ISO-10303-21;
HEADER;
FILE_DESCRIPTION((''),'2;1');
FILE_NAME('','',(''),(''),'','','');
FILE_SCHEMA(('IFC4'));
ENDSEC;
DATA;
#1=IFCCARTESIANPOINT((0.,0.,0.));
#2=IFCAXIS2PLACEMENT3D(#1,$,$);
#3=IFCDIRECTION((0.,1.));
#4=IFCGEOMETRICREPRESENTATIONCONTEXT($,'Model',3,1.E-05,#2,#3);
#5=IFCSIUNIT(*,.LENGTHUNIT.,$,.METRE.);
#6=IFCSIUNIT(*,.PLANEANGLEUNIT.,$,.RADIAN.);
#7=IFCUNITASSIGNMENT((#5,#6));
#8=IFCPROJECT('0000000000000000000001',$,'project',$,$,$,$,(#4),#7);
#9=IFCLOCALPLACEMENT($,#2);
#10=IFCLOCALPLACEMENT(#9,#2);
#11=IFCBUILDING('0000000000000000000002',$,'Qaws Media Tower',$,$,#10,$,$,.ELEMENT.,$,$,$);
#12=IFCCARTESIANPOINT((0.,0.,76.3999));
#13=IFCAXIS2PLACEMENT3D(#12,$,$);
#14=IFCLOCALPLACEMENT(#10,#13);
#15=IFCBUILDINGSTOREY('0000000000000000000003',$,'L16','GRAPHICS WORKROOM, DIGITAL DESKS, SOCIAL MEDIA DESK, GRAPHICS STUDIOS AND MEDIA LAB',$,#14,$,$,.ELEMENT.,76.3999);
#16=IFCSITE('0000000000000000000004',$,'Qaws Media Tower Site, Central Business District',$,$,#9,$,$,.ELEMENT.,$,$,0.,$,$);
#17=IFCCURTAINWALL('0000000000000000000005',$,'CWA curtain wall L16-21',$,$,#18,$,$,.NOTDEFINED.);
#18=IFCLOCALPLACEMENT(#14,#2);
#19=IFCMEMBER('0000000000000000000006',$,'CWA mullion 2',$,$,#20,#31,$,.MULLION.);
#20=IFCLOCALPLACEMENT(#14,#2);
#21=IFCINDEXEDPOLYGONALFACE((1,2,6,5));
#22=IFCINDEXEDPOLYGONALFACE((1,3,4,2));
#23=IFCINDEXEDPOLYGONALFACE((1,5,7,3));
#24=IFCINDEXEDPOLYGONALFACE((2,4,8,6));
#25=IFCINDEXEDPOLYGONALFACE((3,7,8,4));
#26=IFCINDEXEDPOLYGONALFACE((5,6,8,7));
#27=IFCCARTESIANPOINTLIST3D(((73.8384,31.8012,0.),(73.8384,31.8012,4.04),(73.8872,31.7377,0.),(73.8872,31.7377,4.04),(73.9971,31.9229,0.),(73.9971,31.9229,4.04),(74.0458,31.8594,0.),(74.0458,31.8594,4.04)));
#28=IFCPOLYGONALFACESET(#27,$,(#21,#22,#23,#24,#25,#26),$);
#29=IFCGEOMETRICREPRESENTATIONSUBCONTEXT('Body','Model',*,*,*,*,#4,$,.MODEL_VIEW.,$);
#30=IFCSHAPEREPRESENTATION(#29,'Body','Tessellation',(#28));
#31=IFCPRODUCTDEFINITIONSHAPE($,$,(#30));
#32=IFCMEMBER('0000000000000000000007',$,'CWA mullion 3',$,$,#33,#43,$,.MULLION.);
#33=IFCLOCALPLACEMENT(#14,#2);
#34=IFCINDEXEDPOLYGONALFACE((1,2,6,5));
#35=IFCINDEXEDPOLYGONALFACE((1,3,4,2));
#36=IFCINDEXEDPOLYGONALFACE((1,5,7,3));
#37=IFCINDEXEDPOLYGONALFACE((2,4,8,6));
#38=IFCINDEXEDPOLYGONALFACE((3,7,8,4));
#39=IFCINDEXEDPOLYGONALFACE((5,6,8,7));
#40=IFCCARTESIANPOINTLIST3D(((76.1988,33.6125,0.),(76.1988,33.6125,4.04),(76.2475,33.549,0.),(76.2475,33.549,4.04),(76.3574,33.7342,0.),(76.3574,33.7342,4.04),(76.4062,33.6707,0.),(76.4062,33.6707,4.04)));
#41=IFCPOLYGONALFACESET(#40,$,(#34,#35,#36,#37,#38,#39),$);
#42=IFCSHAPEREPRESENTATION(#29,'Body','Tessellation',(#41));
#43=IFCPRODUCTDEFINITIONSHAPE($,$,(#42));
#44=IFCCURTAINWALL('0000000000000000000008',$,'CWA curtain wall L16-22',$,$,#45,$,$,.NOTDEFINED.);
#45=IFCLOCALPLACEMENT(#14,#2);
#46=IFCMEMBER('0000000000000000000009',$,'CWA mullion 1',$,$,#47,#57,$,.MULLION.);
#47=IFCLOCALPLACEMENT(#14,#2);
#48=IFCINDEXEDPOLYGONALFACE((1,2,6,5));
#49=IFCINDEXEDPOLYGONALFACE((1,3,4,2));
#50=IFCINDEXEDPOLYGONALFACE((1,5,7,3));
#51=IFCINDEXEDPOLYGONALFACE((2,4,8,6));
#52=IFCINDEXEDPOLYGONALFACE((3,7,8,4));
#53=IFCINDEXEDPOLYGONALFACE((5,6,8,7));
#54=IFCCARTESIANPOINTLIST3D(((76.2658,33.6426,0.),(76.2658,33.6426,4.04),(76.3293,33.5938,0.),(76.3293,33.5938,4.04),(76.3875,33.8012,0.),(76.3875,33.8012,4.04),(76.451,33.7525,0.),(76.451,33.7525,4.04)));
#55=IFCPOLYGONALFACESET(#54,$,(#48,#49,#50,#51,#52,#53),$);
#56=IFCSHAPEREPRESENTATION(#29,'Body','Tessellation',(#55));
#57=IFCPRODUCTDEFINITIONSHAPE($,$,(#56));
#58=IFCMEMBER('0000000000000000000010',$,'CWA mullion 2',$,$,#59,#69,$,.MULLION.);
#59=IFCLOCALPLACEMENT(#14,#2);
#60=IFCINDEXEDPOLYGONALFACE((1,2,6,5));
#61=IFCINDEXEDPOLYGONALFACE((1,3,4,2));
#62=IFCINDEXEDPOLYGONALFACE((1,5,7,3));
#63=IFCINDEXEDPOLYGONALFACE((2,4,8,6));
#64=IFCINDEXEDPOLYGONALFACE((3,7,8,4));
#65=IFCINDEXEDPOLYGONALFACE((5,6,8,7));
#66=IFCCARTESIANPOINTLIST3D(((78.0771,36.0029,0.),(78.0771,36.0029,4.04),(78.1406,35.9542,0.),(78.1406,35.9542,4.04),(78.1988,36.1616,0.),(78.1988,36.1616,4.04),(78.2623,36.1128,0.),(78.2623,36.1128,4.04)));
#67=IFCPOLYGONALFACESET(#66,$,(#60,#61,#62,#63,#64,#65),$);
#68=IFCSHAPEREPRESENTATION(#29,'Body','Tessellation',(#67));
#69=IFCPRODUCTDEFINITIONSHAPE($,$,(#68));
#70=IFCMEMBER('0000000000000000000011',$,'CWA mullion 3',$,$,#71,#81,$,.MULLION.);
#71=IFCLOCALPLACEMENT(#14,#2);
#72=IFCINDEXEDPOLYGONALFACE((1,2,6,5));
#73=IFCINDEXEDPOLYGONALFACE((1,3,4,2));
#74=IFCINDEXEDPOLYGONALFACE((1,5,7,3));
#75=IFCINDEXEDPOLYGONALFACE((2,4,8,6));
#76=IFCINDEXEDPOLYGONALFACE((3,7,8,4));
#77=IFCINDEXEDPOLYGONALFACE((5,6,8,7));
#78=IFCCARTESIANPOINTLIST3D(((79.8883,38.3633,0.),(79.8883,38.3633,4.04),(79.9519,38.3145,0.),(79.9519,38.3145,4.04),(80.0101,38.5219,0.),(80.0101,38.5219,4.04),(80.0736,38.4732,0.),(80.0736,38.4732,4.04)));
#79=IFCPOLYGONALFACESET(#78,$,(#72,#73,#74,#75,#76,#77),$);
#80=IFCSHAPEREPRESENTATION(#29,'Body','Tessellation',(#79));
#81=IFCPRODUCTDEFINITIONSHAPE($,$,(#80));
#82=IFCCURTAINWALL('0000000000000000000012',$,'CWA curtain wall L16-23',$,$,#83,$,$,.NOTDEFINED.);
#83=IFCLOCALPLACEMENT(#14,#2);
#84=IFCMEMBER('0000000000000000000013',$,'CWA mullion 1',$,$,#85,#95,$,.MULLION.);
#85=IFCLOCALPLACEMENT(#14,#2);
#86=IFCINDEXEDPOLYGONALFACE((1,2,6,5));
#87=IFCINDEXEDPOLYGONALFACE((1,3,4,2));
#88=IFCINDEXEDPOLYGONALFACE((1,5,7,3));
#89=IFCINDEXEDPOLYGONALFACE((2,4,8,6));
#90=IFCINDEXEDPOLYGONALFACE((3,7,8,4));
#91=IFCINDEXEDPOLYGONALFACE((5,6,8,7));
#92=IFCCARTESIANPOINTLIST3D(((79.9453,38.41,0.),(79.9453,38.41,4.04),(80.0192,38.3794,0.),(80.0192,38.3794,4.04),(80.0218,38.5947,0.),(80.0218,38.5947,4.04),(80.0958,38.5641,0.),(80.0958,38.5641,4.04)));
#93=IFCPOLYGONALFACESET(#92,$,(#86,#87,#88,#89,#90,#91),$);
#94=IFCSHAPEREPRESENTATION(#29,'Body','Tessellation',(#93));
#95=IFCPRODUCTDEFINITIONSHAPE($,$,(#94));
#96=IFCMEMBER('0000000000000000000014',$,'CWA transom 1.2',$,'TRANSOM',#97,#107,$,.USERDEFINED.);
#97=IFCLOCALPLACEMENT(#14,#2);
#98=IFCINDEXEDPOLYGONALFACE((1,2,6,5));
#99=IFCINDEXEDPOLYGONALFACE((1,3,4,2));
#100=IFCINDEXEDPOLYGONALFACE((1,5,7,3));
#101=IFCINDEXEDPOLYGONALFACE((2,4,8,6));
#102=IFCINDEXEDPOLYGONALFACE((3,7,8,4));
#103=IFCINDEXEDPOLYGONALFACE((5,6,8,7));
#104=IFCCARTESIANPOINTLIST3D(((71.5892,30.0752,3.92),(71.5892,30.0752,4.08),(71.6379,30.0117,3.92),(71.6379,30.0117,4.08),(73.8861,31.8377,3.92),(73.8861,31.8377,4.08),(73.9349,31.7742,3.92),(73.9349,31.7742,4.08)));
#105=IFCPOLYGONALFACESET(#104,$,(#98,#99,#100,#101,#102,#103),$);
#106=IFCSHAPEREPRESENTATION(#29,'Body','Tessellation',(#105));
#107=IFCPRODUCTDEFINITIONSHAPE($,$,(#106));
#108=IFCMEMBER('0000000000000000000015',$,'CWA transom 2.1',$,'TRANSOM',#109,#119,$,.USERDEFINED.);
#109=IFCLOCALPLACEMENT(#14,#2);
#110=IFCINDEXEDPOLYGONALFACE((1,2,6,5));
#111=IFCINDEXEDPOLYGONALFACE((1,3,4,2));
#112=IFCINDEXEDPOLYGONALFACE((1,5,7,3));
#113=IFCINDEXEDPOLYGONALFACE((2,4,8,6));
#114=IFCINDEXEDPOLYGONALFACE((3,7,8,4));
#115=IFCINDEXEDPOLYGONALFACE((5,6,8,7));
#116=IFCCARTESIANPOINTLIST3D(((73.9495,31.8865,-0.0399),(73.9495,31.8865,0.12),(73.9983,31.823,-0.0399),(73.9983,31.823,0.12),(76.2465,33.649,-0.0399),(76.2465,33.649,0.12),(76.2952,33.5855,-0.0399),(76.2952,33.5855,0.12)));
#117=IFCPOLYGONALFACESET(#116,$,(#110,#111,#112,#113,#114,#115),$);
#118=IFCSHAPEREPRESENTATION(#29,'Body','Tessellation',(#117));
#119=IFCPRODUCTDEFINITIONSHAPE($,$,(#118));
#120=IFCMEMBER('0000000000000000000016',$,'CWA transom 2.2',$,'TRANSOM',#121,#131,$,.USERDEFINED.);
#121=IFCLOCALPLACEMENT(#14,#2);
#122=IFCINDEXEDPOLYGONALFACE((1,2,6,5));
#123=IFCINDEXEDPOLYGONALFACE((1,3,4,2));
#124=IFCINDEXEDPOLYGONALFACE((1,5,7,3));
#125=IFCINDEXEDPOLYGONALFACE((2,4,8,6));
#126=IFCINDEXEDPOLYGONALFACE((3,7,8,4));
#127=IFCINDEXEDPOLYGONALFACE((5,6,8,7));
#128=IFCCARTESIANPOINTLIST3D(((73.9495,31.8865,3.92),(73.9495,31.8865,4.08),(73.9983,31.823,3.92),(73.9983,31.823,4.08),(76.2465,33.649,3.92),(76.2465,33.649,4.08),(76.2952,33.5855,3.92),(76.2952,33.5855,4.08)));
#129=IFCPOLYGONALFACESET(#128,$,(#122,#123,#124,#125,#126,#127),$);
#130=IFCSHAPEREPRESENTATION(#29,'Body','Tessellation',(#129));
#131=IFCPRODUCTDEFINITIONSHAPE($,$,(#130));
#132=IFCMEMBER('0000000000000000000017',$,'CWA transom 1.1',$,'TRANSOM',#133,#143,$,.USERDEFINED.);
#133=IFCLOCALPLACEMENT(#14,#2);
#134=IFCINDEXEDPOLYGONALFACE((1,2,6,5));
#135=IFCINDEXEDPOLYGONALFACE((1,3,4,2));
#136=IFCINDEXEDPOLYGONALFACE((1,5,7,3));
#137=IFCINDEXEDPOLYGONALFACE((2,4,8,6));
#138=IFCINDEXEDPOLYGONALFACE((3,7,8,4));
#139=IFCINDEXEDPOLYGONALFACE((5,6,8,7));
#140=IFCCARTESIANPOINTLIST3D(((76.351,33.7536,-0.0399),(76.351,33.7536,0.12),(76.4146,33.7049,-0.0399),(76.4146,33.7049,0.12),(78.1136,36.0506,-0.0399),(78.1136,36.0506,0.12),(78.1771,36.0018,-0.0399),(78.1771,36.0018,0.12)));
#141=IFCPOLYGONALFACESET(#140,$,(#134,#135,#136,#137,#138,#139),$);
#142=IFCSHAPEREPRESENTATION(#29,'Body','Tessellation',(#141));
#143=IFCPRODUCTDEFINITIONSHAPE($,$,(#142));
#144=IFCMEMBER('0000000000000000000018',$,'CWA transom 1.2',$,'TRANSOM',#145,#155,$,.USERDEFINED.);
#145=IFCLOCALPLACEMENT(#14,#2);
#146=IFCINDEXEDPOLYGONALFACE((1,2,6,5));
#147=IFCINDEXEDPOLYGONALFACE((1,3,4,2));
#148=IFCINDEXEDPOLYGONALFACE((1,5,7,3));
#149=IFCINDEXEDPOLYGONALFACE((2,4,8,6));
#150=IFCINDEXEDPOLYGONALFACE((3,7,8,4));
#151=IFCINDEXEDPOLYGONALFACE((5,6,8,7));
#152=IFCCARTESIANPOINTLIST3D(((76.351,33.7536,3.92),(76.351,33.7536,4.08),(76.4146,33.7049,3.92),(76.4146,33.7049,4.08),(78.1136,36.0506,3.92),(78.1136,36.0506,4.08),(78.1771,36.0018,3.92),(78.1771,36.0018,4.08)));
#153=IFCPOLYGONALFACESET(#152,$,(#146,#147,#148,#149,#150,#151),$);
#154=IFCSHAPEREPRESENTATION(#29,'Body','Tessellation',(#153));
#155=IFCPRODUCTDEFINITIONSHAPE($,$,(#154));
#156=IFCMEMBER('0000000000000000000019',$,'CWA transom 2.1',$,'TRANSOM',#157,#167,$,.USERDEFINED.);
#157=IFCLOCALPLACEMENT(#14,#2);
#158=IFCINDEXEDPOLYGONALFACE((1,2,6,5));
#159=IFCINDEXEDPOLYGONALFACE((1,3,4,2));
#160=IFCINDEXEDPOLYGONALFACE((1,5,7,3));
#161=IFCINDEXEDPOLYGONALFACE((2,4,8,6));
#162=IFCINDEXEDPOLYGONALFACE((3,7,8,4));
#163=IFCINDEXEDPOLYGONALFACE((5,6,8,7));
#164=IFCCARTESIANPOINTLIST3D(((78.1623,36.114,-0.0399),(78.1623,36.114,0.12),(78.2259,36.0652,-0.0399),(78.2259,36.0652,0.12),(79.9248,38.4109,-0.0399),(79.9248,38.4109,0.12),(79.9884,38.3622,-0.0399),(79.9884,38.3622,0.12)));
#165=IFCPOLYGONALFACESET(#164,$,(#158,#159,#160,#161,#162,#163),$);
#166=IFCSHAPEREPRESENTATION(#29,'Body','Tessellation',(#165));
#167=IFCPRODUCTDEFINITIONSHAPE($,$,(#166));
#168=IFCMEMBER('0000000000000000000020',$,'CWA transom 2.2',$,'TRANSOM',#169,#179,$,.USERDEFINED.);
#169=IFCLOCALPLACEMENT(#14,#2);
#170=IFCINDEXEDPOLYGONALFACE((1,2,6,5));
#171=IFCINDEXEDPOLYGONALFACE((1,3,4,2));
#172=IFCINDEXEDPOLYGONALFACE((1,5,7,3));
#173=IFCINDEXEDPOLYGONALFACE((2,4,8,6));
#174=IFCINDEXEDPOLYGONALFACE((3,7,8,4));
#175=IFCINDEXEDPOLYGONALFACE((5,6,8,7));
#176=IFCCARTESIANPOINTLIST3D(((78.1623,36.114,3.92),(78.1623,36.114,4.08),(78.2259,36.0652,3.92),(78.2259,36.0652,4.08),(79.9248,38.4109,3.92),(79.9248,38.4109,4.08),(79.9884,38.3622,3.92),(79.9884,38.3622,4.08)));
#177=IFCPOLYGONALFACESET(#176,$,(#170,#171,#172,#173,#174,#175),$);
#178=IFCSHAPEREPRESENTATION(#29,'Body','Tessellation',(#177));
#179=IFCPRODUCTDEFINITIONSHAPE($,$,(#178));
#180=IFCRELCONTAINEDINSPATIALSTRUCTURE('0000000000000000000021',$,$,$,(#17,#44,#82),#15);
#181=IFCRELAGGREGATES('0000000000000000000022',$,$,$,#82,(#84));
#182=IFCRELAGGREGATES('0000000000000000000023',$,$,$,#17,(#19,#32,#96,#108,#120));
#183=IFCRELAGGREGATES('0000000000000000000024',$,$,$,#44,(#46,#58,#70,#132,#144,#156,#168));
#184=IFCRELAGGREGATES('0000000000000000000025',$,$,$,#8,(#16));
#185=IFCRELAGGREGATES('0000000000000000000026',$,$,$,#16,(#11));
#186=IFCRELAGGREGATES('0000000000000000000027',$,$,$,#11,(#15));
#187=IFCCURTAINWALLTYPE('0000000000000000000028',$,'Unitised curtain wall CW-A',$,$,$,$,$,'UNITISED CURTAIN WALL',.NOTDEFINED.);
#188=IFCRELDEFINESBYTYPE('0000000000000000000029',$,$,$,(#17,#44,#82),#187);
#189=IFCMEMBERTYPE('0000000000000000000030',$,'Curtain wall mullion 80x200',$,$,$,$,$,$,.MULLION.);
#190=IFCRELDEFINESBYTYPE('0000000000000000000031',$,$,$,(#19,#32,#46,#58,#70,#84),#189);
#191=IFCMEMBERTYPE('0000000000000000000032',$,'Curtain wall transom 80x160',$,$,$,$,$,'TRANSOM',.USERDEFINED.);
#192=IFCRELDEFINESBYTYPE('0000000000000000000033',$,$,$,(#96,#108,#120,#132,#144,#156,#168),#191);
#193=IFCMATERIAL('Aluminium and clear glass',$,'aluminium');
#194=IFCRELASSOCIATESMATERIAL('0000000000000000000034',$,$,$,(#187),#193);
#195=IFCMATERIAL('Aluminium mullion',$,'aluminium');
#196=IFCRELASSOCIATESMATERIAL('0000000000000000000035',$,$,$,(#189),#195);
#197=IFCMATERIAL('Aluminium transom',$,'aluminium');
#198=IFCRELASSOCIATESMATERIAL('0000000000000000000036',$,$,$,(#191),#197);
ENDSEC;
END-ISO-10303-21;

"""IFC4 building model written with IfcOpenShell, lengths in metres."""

from ifc_helpers import new_model, si_unit, direction, frame, origin, origin_2d, place, context, subcontext, project, spatial, rectangle, extrude, material, material_profile, profile_set, type_object, element, aggregate, save


model = new_model("IFC4")

# Units and contexts
model_context = context("Model", 3, precision=1e-05, world=origin(), true_north=direction((0.0, 1.0)))
body_context = subcontext(model_context, "Body", "Model", "MODEL_VIEW")
ifc_project = project(units=[si_unit("LENGTHUNIT", "METRE"), si_unit("PLANEANGLEUNIT", "RADIAN")], contexts=[model_context])

# Site, building, storey
site_placement = place(None, origin())
site = spatial("IfcSite", under=ifc_project, at=site_placement, Name="Qaws Media Tower Site, Central Business District", CompositionType="ELEMENT", RefElevation=0.0)
building_placement = place(site_placement, origin())
building = spatial("IfcBuilding", under=site, at=building_placement, Name="Qaws Media Tower", CompositionType="ELEMENT")
storey_placement = place(building_placement, frame((0.0, 0.0, 76.3999)))
storey = spatial("IfcBuildingStorey", under=building, at=storey_placement, Name="L16", Description="GRAPHICS WORKROOM, DIGITAL DESKS, SOCIAL MEDIA DESK, GRAPHICS STUDIOS AND MEDIA LAB", CompositionType="ELEMENT", Elevation=76.3999)

# Curtain walls, members
ifc_material_1 = material(Name="Aluminium and clear glass", Category="aluminium")
curtain_wall_type = type_object("IfcCurtainWallType", Name="Unitised curtain wall CW-A", ElementType="UNITISED CURTAIN WALL", PredefinedType="NOTDEFINED", material=ifc_material_1)
curtain_wall_1_placement = place(storey_placement, origin())
curtain_wall_1 = element("IfcCurtainWall", 1, at=curtain_wall_1_placement, inside=storey, type_object=curtain_wall_type, Name="CWA curtain wall L16-21", PredefinedType="NOTDEFINED")
ifc_material_2 = material(Name="Aluminium mullion", Category="aluminium")
ifc_material_profile_1 = material_profile(ifc_material_2, rectangle(XDim=0.0801, YDim=0.2, at=origin_2d()), Name="80x200")
ifc_profile_set_1 = profile_set([ifc_material_profile_1], Name="Aluminium mullion")
member_type_1 = type_object("IfcMemberType", Name="Curtain wall mullion 80x200", PredefinedType="MULLION", material=ifc_profile_set_1)
member_1_placement = place(storey_placement, frame((73.9421, 31.8303, 0.0), z_axis=(0.0, 0.0, 1.0), x_axis=(-0.608761, 0.793353, 0.0)))
member_1 = element("IfcMember", 2, at=member_1_placement, type_object=member_type_1, Name="CWA mullion 2", PredefinedType="MULLION", context=body_context, shape_type="SweptSolid", body=[
    extrude(rectangle(XDim=0.0801, YDim=0.2, at=origin_2d()), origin(), (0.0, 0.0, 1.0), 4.04),
])
member_2_placement = place(storey_placement, frame((76.3025, 33.6416, 0.0), z_axis=(0.0, 0.0, 1.0), x_axis=(-0.608761, 0.793353, 0.0)))
member_2 = element("IfcMember", 3, at=member_2_placement, type_object=member_type_1, Name="CWA mullion 3", PredefinedType="MULLION", context=body_context, shape_type="SweptSolid", body=[
    extrude(rectangle(XDim=0.0801, YDim=0.2, at=origin_2d()), origin(), (0.0, 0.0, 1.0), 4.04),
])
curtain_wall_2_placement = place(storey_placement, origin())
curtain_wall_2 = element("IfcCurtainWall", 4, at=curtain_wall_2_placement, inside=storey, type_object=curtain_wall_type, Name="CWA curtain wall L16-22", PredefinedType="NOTDEFINED")
member_3_placement = place(storey_placement, frame((76.3584, 33.6975, 0.0), z_axis=(0.0, 0.0, 1.0), x_axis=(-0.793353, 0.608761, 0.0)))
member_3 = element("IfcMember", 5, at=member_3_placement, type_object=member_type_1, Name="CWA mullion 1", PredefinedType="MULLION", context=body_context, shape_type="SweptSolid", body=[
    extrude(rectangle(XDim=0.0801, YDim=0.2, at=origin_2d()), origin(), (0.0, 0.0, 1.0), 4.04),
])
member_4_placement = place(storey_placement, frame((78.1697, 36.0579, 0.0), z_axis=(0.0, 0.0, 1.0), x_axis=(-0.793353, 0.608761, 0.0)))
member_4 = element("IfcMember", 6, at=member_4_placement, type_object=member_type_1, Name="CWA mullion 2", PredefinedType="MULLION", context=body_context, shape_type="SweptSolid", body=[
    extrude(rectangle(XDim=0.0801, YDim=0.2, at=origin_2d()), origin(), (0.0, 0.0, 1.0), 4.04),
])
member_5_placement = place(storey_placement, frame((79.981, 38.4182, 0.0), z_axis=(0.0, 0.0, 1.0), x_axis=(-0.793353, 0.608761, 0.0)))
member_5 = element("IfcMember", 7, at=member_5_placement, type_object=member_type_1, Name="CWA mullion 3", PredefinedType="MULLION", context=body_context, shape_type="SweptSolid", body=[
    extrude(rectangle(XDim=0.0801, YDim=0.2, at=origin_2d()), origin(), (0.0, 0.0, 1.0), 4.04),
])

# Curtain wall, member
curtain_wall_3_placement = place(storey_placement, origin())
curtain_wall_3 = element("IfcCurtainWall", 8, at=curtain_wall_3_placement, inside=storey, type_object=curtain_wall_type, Name="CWA curtain wall L16-23", PredefinedType="NOTDEFINED")
member_6_placement = place(storey_placement, frame((80.0205, 38.4871, 0.0), z_axis=(0.0, 0.0, 1.0), x_axis=(-0.92388, 0.382683, 0.0)))
member_6 = element("IfcMember", 9, at=member_6_placement, type_object=member_type_1, Name="CWA mullion 1", PredefinedType="MULLION", context=body_context, shape_type="SweptSolid", body=[
    extrude(rectangle(XDim=0.0801, YDim=0.2, at=origin_2d()), origin(), (0.0, 0.0, 1.0), 4.04),
])
aggregate(curtain_wall_3, [member_6])

# Members
ifc_material_3 = material(Name="Aluminium transom", Category="aluminium")
ifc_material_profile_2 = material_profile(ifc_material_3, rectangle(XDim=0.0801, YDim=0.1599, at=origin_2d()), Name="80x160")
ifc_profile_set_2 = profile_set([ifc_material_profile_2], Name="Aluminium transom")
member_type_2 = type_object("IfcMemberType", Name="Curtain wall transom 80x160", ElementType="TRANSOM", PredefinedType="USERDEFINED", material=ifc_profile_set_2)
member_7_placement = place(storey_placement, frame((71.6135, 30.0435, 4.0), z_axis=(0.793354, 0.608761, 0.0), x_axis=(-0.608761, 0.793354, 0.0)))
member_7 = element("IfcMember", 10, at=member_7_placement, type_object=member_type_2, Name="CWA transom 1.2", ObjectType="TRANSOM", PredefinedType="USERDEFINED", context=body_context, shape_type="SweptSolid", body=[
    extrude(rectangle(XDim=0.0801, YDim=0.1599, at=origin_2d()), origin(), (0.0, 0.0, 1.0), 2.8953),
])
member_8_placement = place(storey_placement, frame((73.9739, 31.8547, 0.04), z_axis=(0.793354, 0.608761, 0.0), x_axis=(-0.608761, 0.793354, 0.0)))
member_8 = element("IfcMember", 11, at=member_8_placement, type_object=member_type_2, Name="CWA transom 2.1", ObjectType="TRANSOM", PredefinedType="USERDEFINED", context=body_context, shape_type="SweptSolid", body=[
    extrude(rectangle(XDim=0.0801, YDim=0.1599, at=origin_2d()), origin(), (0.0, 0.0, 1.0), 2.8953),
])
member_9_placement = place(storey_placement, frame((73.9739, 31.8547, 4.0), z_axis=(0.793354, 0.608761, 0.0), x_axis=(-0.608761, 0.793354, 0.0)))
member_9 = element("IfcMember", 12, at=member_9_placement, type_object=member_type_2, Name="CWA transom 2.2", ObjectType="TRANSOM", PredefinedType="USERDEFINED", context=body_context, shape_type="SweptSolid", body=[
    extrude(rectangle(XDim=0.0801, YDim=0.1599, at=origin_2d()), origin(), (0.0, 0.0, 1.0), 2.8953),
])
member_10_placement = place(storey_placement, frame((76.3828, 33.7292, 0.04), z_axis=(0.608761, 0.793354, 0.0), x_axis=(-0.793354, 0.608761, 0.0)))
member_10 = element("IfcMember", 13, at=member_10_placement, type_object=member_type_2, Name="CWA transom 1.1", ObjectType="TRANSOM", PredefinedType="USERDEFINED", context=body_context, shape_type="SweptSolid", body=[
    extrude(rectangle(XDim=0.0801, YDim=0.1599, at=origin_2d()), origin(), (0.0, 0.0, 1.0), 2.8953),
])
member_11_placement = place(storey_placement, frame((76.3828, 33.7292, 4.0), z_axis=(0.608761, 0.793354, 0.0), x_axis=(-0.793354, 0.608761, 0.0)))
member_11 = element("IfcMember", 14, at=member_11_placement, type_object=member_type_2, Name="CWA transom 1.2", ObjectType="TRANSOM", PredefinedType="USERDEFINED", context=body_context, shape_type="SweptSolid", body=[
    extrude(rectangle(XDim=0.0801, YDim=0.1599, at=origin_2d()), origin(), (0.0, 0.0, 1.0), 2.8953),
])
member_12_placement = place(storey_placement, frame((78.1941, 36.0896, 0.04), z_axis=(0.608761, 0.793354, 0.0), x_axis=(-0.793354, 0.608761, 0.0)))
member_12 = element("IfcMember", 15, at=member_12_placement, type_object=member_type_2, Name="CWA transom 2.1", ObjectType="TRANSOM", PredefinedType="USERDEFINED", context=body_context, shape_type="SweptSolid", body=[
    extrude(rectangle(XDim=0.0801, YDim=0.1599, at=origin_2d()), origin(), (0.0, 0.0, 1.0), 2.8953),
])
member_13_placement = place(storey_placement, frame((78.1941, 36.0896, 4.0), z_axis=(0.608761, 0.793354, 0.0), x_axis=(-0.793354, 0.608761, 0.0)))
member_13 = element("IfcMember", 16, at=member_13_placement, type_object=member_type_2, Name="CWA transom 2.2", ObjectType="TRANSOM", PredefinedType="USERDEFINED", context=body_context, shape_type="SweptSolid", body=[
    extrude(rectangle(XDim=0.0801, YDim=0.1599, at=origin_2d()), origin(), (0.0, 0.0, 1.0), 2.8953),
])

aggregate(curtain_wall_1, [member_1, member_2, member_7, member_8, member_9])
aggregate(curtain_wall_2, [member_3, member_4, member_5, member_10, member_11, member_12, member_13])

save(model, "model.ifc")
